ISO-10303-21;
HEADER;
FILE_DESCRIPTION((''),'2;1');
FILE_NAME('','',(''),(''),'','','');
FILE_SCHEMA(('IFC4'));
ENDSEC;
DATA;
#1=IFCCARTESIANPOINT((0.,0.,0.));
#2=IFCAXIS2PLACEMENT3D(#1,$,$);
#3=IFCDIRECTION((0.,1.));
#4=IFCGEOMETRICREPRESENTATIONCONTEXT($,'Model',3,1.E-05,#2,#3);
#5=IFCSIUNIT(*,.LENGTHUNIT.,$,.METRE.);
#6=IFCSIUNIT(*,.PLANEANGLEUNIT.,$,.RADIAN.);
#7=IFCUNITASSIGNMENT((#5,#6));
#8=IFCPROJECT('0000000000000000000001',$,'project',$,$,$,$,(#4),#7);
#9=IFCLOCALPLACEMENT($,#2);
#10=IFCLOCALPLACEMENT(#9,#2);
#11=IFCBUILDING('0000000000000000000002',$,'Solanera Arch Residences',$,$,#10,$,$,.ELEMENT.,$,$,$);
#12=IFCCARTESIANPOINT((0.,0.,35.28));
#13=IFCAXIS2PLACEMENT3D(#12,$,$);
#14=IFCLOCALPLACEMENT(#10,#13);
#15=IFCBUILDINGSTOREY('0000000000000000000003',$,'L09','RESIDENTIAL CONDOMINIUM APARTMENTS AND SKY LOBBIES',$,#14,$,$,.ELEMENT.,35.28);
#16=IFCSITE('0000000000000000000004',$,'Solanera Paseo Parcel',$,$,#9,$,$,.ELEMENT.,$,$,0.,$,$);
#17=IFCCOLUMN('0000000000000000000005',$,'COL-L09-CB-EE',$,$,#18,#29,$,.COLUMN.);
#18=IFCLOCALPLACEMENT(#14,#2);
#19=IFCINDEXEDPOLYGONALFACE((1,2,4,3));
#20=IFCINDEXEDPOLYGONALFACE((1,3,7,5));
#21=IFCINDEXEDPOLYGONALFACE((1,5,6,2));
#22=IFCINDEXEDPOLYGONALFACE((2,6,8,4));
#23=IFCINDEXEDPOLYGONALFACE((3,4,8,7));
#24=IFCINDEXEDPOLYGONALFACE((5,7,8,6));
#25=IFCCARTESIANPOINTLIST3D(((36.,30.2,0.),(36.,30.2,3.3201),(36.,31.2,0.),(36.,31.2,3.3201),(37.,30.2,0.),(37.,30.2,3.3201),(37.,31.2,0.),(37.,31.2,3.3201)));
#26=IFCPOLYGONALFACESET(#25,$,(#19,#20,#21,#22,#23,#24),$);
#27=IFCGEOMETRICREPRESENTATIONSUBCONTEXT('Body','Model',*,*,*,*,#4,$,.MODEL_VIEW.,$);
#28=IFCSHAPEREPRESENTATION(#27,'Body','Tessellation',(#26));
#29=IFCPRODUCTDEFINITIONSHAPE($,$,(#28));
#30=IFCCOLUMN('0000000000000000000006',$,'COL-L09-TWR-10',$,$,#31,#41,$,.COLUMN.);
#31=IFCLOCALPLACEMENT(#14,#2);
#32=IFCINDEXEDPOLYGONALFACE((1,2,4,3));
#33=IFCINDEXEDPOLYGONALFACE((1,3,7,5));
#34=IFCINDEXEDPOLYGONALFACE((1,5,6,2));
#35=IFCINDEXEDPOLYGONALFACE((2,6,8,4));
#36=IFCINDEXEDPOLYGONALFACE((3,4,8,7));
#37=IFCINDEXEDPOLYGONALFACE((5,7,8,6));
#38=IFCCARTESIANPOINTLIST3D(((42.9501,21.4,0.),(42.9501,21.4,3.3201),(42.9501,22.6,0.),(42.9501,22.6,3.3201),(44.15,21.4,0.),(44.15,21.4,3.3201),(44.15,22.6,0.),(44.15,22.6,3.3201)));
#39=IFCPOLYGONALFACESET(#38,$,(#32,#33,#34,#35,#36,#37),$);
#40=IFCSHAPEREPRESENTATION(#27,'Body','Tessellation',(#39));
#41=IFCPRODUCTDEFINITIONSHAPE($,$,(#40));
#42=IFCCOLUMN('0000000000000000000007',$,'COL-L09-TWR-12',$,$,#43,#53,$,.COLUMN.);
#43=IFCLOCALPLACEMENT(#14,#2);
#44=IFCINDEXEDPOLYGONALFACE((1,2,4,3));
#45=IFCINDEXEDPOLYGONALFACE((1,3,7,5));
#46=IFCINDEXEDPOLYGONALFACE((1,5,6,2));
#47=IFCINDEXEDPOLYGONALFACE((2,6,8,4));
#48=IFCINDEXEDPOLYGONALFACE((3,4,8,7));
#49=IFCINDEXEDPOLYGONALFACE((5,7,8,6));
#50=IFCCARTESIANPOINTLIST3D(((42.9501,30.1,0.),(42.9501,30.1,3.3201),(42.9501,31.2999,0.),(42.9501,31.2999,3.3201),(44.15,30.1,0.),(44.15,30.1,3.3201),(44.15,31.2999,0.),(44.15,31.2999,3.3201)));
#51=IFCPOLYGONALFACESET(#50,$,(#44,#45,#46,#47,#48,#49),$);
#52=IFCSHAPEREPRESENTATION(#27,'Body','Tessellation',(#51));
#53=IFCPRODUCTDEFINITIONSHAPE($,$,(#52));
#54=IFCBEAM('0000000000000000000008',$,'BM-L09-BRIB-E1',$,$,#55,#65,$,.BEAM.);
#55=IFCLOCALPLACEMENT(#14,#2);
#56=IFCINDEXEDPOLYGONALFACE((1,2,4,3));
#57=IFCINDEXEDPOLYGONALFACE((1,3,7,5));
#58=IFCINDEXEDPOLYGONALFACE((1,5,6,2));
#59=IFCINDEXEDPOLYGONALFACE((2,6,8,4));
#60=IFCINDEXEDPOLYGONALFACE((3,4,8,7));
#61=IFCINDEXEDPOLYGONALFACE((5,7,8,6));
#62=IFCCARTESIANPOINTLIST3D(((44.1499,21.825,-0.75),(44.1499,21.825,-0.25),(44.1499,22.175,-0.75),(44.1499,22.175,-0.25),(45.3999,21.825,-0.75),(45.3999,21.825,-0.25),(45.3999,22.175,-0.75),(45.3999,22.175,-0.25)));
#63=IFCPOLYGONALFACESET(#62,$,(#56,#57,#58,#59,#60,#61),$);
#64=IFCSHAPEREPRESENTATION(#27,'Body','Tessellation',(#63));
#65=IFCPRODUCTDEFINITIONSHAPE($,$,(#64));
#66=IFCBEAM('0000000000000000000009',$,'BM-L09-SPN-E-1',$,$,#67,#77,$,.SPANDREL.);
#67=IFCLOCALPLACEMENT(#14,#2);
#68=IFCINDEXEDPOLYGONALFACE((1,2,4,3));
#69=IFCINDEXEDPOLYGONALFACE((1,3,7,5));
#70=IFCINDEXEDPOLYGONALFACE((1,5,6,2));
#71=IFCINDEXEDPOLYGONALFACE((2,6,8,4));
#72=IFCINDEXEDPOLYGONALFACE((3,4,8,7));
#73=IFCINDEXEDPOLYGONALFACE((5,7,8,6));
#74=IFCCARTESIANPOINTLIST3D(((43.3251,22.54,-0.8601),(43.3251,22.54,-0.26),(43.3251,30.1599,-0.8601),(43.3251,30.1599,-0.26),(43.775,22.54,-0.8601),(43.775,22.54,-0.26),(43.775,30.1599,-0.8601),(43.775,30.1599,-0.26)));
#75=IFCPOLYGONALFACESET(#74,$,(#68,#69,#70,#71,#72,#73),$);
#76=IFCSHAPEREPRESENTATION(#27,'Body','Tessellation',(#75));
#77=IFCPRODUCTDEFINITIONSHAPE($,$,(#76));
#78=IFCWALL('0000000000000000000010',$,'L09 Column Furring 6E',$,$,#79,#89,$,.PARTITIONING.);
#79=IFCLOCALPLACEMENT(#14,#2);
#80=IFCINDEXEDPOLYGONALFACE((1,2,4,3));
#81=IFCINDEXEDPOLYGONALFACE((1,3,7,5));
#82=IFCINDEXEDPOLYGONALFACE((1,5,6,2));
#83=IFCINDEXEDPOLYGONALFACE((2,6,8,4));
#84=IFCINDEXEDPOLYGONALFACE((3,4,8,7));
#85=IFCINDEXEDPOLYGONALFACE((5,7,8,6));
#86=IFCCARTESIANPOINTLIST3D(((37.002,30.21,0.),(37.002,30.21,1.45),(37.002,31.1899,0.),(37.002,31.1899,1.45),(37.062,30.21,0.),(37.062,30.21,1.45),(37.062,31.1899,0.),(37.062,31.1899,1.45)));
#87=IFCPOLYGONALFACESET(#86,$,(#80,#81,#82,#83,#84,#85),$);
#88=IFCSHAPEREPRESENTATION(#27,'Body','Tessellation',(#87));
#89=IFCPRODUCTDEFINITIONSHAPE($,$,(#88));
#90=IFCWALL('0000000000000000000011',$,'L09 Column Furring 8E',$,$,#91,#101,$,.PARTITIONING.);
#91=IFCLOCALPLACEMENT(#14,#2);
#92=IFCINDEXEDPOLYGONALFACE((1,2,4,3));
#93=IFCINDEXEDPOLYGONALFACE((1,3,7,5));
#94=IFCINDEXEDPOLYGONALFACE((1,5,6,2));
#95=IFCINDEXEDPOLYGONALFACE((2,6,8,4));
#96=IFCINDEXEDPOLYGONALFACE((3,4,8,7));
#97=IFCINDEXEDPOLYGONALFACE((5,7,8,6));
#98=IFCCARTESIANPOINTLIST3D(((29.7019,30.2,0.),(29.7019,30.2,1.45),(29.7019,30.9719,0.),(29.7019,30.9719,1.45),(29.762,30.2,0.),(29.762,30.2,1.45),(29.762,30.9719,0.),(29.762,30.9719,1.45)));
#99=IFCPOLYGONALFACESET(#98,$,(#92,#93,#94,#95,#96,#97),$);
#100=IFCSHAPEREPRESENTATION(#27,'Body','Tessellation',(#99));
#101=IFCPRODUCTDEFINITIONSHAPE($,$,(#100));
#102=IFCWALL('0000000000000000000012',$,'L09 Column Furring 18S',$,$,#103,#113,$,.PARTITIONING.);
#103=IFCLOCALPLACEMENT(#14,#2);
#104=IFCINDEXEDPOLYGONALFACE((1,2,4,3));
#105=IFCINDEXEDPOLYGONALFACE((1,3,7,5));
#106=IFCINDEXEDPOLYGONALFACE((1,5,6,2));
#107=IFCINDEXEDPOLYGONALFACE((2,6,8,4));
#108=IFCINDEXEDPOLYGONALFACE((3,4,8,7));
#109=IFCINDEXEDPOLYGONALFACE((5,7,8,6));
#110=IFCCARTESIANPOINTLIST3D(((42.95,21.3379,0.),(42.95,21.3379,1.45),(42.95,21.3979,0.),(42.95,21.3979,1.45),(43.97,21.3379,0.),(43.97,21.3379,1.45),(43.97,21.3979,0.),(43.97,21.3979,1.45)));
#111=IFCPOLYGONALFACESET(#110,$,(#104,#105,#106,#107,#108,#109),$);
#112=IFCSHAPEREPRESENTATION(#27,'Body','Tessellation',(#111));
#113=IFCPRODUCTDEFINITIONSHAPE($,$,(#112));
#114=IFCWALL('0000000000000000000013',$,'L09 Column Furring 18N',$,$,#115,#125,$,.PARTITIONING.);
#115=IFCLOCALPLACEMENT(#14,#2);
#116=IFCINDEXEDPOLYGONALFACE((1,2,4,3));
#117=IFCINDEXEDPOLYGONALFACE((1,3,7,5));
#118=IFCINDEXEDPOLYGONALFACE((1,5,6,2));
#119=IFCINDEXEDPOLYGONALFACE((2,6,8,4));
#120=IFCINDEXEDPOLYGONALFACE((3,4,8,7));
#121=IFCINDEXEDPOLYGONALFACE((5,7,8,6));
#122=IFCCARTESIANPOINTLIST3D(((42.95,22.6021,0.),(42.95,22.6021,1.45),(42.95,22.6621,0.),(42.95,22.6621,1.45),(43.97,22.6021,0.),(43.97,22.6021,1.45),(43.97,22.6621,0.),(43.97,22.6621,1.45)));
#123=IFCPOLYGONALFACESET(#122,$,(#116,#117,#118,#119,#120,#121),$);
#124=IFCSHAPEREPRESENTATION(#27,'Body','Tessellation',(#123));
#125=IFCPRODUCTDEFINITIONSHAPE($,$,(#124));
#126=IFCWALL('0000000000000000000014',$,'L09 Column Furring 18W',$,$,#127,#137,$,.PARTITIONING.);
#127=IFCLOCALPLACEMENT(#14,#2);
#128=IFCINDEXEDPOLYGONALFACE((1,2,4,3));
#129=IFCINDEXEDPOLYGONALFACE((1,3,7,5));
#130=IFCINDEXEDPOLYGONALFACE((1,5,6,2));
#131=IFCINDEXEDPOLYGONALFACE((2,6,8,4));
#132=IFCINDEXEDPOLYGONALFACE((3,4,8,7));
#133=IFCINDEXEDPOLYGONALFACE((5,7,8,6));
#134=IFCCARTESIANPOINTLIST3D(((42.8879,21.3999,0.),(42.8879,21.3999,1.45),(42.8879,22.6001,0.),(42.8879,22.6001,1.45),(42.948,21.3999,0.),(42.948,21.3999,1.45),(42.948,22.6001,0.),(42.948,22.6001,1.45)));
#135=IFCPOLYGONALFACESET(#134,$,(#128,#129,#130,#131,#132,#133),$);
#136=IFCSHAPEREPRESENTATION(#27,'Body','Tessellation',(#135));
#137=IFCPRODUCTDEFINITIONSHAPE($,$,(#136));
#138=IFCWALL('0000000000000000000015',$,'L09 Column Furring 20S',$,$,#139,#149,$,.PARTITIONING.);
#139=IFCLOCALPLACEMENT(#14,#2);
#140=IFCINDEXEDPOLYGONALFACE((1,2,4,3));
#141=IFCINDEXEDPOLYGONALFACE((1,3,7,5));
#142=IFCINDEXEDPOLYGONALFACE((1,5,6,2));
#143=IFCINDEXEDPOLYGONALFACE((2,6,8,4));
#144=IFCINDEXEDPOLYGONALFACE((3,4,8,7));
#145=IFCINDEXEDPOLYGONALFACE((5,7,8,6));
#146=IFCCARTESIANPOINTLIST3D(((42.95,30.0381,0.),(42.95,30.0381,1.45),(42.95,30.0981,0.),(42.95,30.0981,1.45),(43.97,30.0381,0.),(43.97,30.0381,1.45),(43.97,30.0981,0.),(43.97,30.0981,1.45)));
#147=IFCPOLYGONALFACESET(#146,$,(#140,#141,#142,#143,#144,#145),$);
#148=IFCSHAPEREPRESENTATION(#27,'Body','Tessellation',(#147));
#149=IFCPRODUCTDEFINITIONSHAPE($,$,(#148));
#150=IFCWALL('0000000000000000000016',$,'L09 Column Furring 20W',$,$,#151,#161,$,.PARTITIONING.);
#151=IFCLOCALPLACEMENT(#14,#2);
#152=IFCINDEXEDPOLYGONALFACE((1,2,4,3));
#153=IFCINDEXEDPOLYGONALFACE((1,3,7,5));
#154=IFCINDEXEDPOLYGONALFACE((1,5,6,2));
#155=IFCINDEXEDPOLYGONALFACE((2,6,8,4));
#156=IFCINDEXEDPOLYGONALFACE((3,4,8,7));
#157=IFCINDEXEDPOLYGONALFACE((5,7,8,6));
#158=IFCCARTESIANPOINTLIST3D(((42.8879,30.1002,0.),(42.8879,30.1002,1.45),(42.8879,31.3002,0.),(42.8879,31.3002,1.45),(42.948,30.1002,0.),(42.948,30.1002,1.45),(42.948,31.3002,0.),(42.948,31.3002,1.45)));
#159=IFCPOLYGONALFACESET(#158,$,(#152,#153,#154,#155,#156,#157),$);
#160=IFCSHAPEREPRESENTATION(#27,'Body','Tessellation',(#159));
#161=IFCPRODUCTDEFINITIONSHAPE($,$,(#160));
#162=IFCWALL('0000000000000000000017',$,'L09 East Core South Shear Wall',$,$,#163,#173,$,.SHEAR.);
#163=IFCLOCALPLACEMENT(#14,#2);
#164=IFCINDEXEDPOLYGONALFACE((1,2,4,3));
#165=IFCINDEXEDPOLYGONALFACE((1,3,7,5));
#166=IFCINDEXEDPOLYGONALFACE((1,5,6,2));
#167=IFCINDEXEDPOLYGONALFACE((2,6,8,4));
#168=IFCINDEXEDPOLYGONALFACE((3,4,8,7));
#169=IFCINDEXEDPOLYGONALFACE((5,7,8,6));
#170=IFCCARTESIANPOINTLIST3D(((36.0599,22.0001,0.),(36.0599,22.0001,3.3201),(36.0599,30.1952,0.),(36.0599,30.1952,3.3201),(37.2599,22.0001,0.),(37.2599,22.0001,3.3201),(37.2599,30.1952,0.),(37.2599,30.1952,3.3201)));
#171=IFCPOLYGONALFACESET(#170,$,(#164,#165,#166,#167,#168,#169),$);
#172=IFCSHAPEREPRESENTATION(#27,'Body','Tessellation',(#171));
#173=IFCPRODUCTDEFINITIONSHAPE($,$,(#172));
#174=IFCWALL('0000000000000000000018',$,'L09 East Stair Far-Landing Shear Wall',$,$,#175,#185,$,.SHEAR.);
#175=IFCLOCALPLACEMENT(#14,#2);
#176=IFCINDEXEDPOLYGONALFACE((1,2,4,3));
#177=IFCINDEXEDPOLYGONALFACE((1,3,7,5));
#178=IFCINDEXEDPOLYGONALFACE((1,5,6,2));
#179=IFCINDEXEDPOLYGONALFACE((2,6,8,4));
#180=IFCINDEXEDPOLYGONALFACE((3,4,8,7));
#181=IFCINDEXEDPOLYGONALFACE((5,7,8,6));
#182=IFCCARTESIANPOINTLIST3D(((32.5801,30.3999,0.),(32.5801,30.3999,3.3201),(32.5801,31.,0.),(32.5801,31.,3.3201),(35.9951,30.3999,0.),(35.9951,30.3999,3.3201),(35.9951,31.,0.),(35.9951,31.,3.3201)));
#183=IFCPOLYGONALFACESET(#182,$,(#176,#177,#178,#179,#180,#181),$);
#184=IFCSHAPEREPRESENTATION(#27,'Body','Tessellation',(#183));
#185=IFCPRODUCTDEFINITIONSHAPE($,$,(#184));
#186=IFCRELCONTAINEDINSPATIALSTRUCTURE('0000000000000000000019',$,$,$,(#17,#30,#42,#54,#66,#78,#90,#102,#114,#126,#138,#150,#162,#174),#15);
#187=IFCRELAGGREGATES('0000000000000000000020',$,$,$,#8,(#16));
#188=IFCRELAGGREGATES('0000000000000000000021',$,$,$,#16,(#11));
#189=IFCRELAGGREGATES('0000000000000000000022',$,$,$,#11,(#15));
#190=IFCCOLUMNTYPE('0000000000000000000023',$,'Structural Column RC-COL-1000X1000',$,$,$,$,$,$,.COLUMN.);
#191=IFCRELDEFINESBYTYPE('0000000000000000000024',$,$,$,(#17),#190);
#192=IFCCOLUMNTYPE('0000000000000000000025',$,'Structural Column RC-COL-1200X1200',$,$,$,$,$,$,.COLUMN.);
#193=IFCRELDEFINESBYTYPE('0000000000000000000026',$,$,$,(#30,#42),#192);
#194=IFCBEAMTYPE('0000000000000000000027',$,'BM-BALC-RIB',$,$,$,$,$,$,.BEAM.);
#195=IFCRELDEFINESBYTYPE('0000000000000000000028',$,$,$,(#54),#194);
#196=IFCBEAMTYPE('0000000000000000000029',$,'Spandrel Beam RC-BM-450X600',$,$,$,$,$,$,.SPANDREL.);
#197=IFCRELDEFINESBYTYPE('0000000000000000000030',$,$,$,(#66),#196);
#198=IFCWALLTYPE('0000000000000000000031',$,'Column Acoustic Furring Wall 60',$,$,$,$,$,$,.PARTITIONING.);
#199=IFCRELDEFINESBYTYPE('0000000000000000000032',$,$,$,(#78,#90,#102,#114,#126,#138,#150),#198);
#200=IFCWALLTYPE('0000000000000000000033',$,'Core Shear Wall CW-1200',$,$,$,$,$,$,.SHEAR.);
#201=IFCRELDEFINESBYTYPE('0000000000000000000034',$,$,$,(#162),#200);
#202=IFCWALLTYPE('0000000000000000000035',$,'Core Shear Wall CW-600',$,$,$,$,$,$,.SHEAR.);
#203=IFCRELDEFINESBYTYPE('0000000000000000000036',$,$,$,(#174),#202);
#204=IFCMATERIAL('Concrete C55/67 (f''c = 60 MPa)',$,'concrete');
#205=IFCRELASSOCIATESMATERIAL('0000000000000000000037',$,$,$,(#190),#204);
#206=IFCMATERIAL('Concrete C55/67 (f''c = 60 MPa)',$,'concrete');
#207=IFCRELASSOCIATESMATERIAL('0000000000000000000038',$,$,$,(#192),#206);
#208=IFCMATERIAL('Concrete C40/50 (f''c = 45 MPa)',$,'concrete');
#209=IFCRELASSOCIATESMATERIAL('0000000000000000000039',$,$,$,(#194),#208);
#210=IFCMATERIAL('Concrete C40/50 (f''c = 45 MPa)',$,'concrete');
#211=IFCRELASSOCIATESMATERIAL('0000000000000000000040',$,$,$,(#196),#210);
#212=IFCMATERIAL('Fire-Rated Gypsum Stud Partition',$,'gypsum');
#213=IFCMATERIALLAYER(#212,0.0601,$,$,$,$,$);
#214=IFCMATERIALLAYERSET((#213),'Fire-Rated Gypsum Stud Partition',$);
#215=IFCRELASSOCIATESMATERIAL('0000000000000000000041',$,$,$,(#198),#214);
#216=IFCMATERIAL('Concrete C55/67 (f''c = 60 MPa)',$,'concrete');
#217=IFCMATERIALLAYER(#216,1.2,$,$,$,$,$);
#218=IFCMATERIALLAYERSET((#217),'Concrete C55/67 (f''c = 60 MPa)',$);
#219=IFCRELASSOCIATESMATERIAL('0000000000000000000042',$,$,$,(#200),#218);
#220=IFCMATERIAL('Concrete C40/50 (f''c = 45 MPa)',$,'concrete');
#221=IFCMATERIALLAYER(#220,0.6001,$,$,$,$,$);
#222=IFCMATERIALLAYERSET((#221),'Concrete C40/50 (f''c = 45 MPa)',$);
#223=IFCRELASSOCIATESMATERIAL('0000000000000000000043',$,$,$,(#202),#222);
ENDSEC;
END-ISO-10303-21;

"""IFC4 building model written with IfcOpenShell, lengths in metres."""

from ifc_helpers import new_model, si_unit, direction, frame, frame_2d, origin, origin_2d, place, context, subcontext, project, spatial, rectangle, extrude, material, layer, layer_set, material_profile, profile_set, type_object, element, save


model = new_model("IFC4")

# Units and contexts
model_context = context("Model", 3, precision=1e-05, world=origin(), true_north=direction((0.0, 1.0)))
body_context = subcontext(model_context, "Body", "Model", "MODEL_VIEW")
ifc_project = project(units=[si_unit("LENGTHUNIT", "METRE"), si_unit("PLANEANGLEUNIT", "RADIAN")], contexts=[model_context])

# Site, building, storey
site_placement = place(None, origin())
site = spatial("IfcSite", under=ifc_project, at=site_placement, Name="Solanera Paseo Parcel", CompositionType="ELEMENT", RefElevation=0.0)
building_placement = place(site_placement, origin())
building = spatial("IfcBuilding", under=site, at=building_placement, Name="Solanera Arch Residences", CompositionType="ELEMENT")
storey_placement = place(building_placement, frame((0.0, 0.0, 35.28)))
storey = spatial("IfcBuildingStorey", under=building, at=storey_placement, Name="L09", Description="RESIDENTIAL CONDOMINIUM APARTMENTS AND SKY LOBBIES", CompositionType="ELEMENT", Elevation=35.28)

# Columns
ifc_material_1 = material(Name="Concrete C55/67 (f'c = 60 MPa)", Category="concrete")
ifc_material_profile_1 = material_profile(ifc_material_1, rectangle(XDim=1.0, YDim=1.0, at=origin_2d()))
ifc_profile_set_1 = profile_set([ifc_material_profile_1], Name="Concrete C55/67 (f'c = 60 MPa)")
column_type_1 = type_object("IfcColumnType", Name="Structural Column RC-COL-1000X1000", PredefinedType="COLUMN", material=ifc_profile_set_1)
column_placement = place(storey_placement, frame((36.5, 30.7, 0.0), z_axis=(0.0, 0.0, 1.0), x_axis=(1.0, 0.0, 0.0)))
element("IfcColumn", 1, at=column_placement, inside=storey, type_object=column_type_1, Name="COL-L09-CB-EE", PredefinedType="COLUMN", context=body_context, shape_type="SweptSolid", body=[
    extrude(rectangle(XDim=1.0, YDim=1.0, at=origin_2d()), origin(), (0.0, 0.0, 1.0), 3.3201),
])
ifc_material_2 = material(Name="Concrete C55/67 (f'c = 60 MPa)", Category="concrete")
ifc_material_profile_2 = material_profile(ifc_material_2, rectangle(XDim=1.2, YDim=1.2, at=origin_2d()))
ifc_profile_set_2 = profile_set([ifc_material_profile_2], Name="Concrete C55/67 (f'c = 60 MPa)")
column_type_2 = type_object("IfcColumnType", Name="Structural Column RC-COL-1200X1200", PredefinedType="COLUMN", material=ifc_profile_set_2)
for number, where, z_axis, x_axis, name in (
    (2, (43.55, 22.0, 0.0), (0.0, 0.0, 1.0), (1.0, 0.0, 0.0), "COL-L09-TWR-10"),
    (3, (43.55, 30.7, 0.0), (0.0, 0.0, 1.0), (1.0, 0.0, 0.0), "COL-L09-TWR-12"),
):
    element("IfcColumn", number, at=place(storey_placement, frame(where, z_axis=z_axis, x_axis=x_axis)), inside=storey, type_object=column_type_2, Name=name, PredefinedType="COLUMN", context=body_context, shape_type="SweptSolid", body=[
        extrude(rectangle(XDim=1.2, YDim=1.2, at=origin_2d()), origin(), (0.0, 0.0, 1.0), 3.3201),
    ])

# Beams
ifc_material_3 = material(Name="Concrete C40/50 (f'c = 45 MPa)", Category="concrete")
ifc_material_profile_3 = material_profile(ifc_material_3, rectangle(XDim=0.3501, YDim=0.5, at=origin_2d()))
ifc_profile_set_3 = profile_set([ifc_material_profile_3], Name="Concrete C40/50 (f'c = 45 MPa)")
beam_type_1 = type_object("IfcBeamType", Name="BM-BALC-RIB", PredefinedType="BEAM", material=ifc_profile_set_3)
beam_1_placement = place(storey_placement, frame((44.1499, 22.0, -0.5), z_axis=(1.0, 0.0, 0.0), x_axis=(0.0, 1.0, 0.0)))
element("IfcBeam", 4, at=beam_1_placement, inside=storey, type_object=beam_type_1, Name="BM-L09-BRIB-E1", PredefinedType="BEAM", context=body_context, shape_type="SweptSolid", body=[
    extrude(rectangle(XDim=0.3501, YDim=0.5, at=origin_2d()), origin(), (0.0, 0.0, 1.0), 1.25),
])
ifc_material_4 = material(Name="Concrete C40/50 (f'c = 45 MPa)", Category="concrete")
ifc_material_profile_4 = material_profile(ifc_material_4, rectangle(XDim=0.45, YDim=0.6001, at=origin_2d()))
ifc_profile_set_4 = profile_set([ifc_material_profile_4], Name="Concrete C40/50 (f'c = 45 MPa)")
beam_type_2 = type_object("IfcBeamType", Name="Spandrel Beam RC-BM-450X600", PredefinedType="SPANDREL", material=ifc_profile_set_4)
beam_2_placement = place(storey_placement, frame((43.55, 22.54, -0.5601), z_axis=(0.0, 1.0, 0.0), x_axis=(-1.0, 0.0, 0.0)))
element("IfcBeam", 5, at=beam_2_placement, inside=storey, type_object=beam_type_2, Name="BM-L09-SPN-E-1", PredefinedType="SPANDREL", context=body_context, shape_type="SweptSolid", body=[
    extrude(rectangle(XDim=0.45, YDim=0.6001, at=origin_2d()), origin(), (0.0, 0.0, 1.0), 7.6199),
])

# Walls
ifc_material_5 = material(Name="Fire-Rated Gypsum Stud Partition", Category="gypsum")
ifc_layer_1 = layer(ifc_material_5, 0.0601)
ifc_layer_set_1 = layer_set([ifc_layer_1], Name="Fire-Rated Gypsum Stud Partition")
wall_type_1 = type_object("IfcWallType", Name="Column Acoustic Furring Wall 60", PredefinedType="PARTITIONING", material=ifc_layer_set_1)
wall_1_placement = place(storey_placement, frame((37.032, 30.21, 0.0), z_axis=(0.0, 0.0, 1.0), x_axis=(0.0, 1.0, 0.0)))
element("IfcWall", 6, at=wall_1_placement, inside=storey, type_object=wall_type_1, Name="L09 Column Furring 6E", PredefinedType="PARTITIONING", context=body_context, shape_type="SweptSolid", body=[
    extrude(rectangle(XDim=0.98, YDim=0.0601, at=frame_2d((0.49, 0.0))), origin(), (0.0, 0.0, 1.0), 1.45),
])
wall_2_placement = place(storey_placement, frame((29.7319, 30.2, 0.0), z_axis=(0.0, 0.0, 1.0), x_axis=(0.0, 1.0, 0.0)))
element("IfcWall", 7, at=wall_2_placement, inside=storey, type_object=wall_type_1, Name="L09 Column Furring 8E", PredefinedType="PARTITIONING", context=body_context, shape_type="SweptSolid", body=[
    extrude(rectangle(XDim=0.772, YDim=0.0601, at=frame_2d((0.386, 0.0))), origin(), (0.0, 0.0, 1.0), 1.45),
])
for number, where, z_axis, x_axis, name in (
    (8, (42.95, 21.3679, 0.0), (0.0, 0.0, 1.0), (1.0, 0.0, 0.0), "L09 Column Furring 18S"),
    (9, (42.95, 22.6321, 0.0), (0.0, 0.0, 1.0), (1.0, 0.0, 0.0), "L09 Column Furring 18N"),
):
    element("IfcWall", number, at=place(storey_placement, frame(where, z_axis=z_axis, x_axis=x_axis)), inside=storey, type_object=wall_type_1, Name=name, PredefinedType="PARTITIONING", context=body_context, shape_type="SweptSolid", body=[
        extrude(rectangle(XDim=1.02, YDim=0.0601, at=frame_2d((0.51, 0.0))), origin(), (0.0, 0.0, 1.0), 1.45),
    ])
wall_3_placement = place(storey_placement, frame((42.918, 21.3999, 0.0), z_axis=(0.0, 0.0, 1.0), x_axis=(0.0, 1.0, 0.0)))
element("IfcWall", 10, at=wall_3_placement, inside=storey, type_object=wall_type_1, Name="L09 Column Furring 18W", PredefinedType="PARTITIONING", context=body_context, shape_type="SweptSolid", body=[
    extrude(rectangle(XDim=1.2002, YDim=0.0601, at=frame_2d((0.6001, 0.0))), origin(), (0.0, 0.0, 1.0), 1.45),
])
wall_4_placement = place(storey_placement, frame((42.95, 30.0681, 0.0), z_axis=(0.0, 0.0, 1.0), x_axis=(1.0, 0.0, 0.0)))
element("IfcWall", 11, at=wall_4_placement, inside=storey, type_object=wall_type_1, Name="L09 Column Furring 20S", PredefinedType="PARTITIONING", context=body_context, shape_type="SweptSolid", body=[
    extrude(rectangle(XDim=1.02, YDim=0.0601, at=frame_2d((0.51, 0.0))), origin(), (0.0, 0.0, 1.0), 1.45),
])
wall_5_placement = place(storey_placement, frame((42.918, 30.1001, 0.0), z_axis=(0.0, 0.0, 1.0), x_axis=(0.0, 1.0, 0.0)))
element("IfcWall", 12, at=wall_5_placement, inside=storey, type_object=wall_type_1, Name="L09 Column Furring 20W", PredefinedType="PARTITIONING", context=body_context, shape_type="SweptSolid", body=[
    extrude(rectangle(XDim=1.2, YDim=0.0601, at=frame_2d((0.6001, 0.0))), origin(), (0.0, 0.0, 1.0), 1.45),
])
ifc_material_6 = material(Name="Concrete C55/67 (f'c = 60 MPa)", Category="concrete")
ifc_layer_2 = layer(ifc_material_6, 1.2)
ifc_layer_set_2 = layer_set([ifc_layer_2], Name="Concrete C55/67 (f'c = 60 MPa)")
wall_type_2 = type_object("IfcWallType", Name="Core Shear Wall CW-1200", PredefinedType="SHEAR", material=ifc_layer_set_2)
wall_6_placement = place(storey_placement, frame((36.6599, 22.0, 0.0), z_axis=(0.0, 0.0, 1.0), x_axis=(0.0, 1.0, 0.0)))
element("IfcWall", 13, at=wall_6_placement, inside=storey, type_object=wall_type_2, Name="L09 East Core South Shear Wall", PredefinedType="SHEAR", context=body_context, shape_type="SweptSolid", body=[
    extrude(rectangle(XDim=8.1951, YDim=1.2, at=frame_2d((4.0977, 0.0))), origin(), (0.0, 0.0, 1.0), 3.3201),
])
ifc_material_7 = material(Name="Concrete C40/50 (f'c = 45 MPa)", Category="concrete")
ifc_layer_3 = layer(ifc_material_7, 0.6001)
ifc_layer_set_3 = layer_set([ifc_layer_3], Name="Concrete C40/50 (f'c = 45 MPa)")
wall_type_3 = type_object("IfcWallType", Name="Core Shear Wall CW-600", PredefinedType="SHEAR", material=ifc_layer_set_3)
wall_7_placement = place(storey_placement, frame((32.5801, 30.7, 0.0), z_axis=(0.0, 0.0, 1.0), x_axis=(1.0, 0.0, 0.0)))
element("IfcWall", 14, at=wall_7_placement, inside=storey, type_object=wall_type_3, Name="L09 East Stair Far-Landing Shear Wall", PredefinedType="SHEAR", context=body_context, shape_type="SweptSolid", body=[
    extrude(rectangle(XDim=3.415, YDim=0.6001, at=frame_2d((1.7075, 0.0))), origin(), (0.0, 0.0, 1.0), 3.3201),
])

save(model, "model.ifc")
